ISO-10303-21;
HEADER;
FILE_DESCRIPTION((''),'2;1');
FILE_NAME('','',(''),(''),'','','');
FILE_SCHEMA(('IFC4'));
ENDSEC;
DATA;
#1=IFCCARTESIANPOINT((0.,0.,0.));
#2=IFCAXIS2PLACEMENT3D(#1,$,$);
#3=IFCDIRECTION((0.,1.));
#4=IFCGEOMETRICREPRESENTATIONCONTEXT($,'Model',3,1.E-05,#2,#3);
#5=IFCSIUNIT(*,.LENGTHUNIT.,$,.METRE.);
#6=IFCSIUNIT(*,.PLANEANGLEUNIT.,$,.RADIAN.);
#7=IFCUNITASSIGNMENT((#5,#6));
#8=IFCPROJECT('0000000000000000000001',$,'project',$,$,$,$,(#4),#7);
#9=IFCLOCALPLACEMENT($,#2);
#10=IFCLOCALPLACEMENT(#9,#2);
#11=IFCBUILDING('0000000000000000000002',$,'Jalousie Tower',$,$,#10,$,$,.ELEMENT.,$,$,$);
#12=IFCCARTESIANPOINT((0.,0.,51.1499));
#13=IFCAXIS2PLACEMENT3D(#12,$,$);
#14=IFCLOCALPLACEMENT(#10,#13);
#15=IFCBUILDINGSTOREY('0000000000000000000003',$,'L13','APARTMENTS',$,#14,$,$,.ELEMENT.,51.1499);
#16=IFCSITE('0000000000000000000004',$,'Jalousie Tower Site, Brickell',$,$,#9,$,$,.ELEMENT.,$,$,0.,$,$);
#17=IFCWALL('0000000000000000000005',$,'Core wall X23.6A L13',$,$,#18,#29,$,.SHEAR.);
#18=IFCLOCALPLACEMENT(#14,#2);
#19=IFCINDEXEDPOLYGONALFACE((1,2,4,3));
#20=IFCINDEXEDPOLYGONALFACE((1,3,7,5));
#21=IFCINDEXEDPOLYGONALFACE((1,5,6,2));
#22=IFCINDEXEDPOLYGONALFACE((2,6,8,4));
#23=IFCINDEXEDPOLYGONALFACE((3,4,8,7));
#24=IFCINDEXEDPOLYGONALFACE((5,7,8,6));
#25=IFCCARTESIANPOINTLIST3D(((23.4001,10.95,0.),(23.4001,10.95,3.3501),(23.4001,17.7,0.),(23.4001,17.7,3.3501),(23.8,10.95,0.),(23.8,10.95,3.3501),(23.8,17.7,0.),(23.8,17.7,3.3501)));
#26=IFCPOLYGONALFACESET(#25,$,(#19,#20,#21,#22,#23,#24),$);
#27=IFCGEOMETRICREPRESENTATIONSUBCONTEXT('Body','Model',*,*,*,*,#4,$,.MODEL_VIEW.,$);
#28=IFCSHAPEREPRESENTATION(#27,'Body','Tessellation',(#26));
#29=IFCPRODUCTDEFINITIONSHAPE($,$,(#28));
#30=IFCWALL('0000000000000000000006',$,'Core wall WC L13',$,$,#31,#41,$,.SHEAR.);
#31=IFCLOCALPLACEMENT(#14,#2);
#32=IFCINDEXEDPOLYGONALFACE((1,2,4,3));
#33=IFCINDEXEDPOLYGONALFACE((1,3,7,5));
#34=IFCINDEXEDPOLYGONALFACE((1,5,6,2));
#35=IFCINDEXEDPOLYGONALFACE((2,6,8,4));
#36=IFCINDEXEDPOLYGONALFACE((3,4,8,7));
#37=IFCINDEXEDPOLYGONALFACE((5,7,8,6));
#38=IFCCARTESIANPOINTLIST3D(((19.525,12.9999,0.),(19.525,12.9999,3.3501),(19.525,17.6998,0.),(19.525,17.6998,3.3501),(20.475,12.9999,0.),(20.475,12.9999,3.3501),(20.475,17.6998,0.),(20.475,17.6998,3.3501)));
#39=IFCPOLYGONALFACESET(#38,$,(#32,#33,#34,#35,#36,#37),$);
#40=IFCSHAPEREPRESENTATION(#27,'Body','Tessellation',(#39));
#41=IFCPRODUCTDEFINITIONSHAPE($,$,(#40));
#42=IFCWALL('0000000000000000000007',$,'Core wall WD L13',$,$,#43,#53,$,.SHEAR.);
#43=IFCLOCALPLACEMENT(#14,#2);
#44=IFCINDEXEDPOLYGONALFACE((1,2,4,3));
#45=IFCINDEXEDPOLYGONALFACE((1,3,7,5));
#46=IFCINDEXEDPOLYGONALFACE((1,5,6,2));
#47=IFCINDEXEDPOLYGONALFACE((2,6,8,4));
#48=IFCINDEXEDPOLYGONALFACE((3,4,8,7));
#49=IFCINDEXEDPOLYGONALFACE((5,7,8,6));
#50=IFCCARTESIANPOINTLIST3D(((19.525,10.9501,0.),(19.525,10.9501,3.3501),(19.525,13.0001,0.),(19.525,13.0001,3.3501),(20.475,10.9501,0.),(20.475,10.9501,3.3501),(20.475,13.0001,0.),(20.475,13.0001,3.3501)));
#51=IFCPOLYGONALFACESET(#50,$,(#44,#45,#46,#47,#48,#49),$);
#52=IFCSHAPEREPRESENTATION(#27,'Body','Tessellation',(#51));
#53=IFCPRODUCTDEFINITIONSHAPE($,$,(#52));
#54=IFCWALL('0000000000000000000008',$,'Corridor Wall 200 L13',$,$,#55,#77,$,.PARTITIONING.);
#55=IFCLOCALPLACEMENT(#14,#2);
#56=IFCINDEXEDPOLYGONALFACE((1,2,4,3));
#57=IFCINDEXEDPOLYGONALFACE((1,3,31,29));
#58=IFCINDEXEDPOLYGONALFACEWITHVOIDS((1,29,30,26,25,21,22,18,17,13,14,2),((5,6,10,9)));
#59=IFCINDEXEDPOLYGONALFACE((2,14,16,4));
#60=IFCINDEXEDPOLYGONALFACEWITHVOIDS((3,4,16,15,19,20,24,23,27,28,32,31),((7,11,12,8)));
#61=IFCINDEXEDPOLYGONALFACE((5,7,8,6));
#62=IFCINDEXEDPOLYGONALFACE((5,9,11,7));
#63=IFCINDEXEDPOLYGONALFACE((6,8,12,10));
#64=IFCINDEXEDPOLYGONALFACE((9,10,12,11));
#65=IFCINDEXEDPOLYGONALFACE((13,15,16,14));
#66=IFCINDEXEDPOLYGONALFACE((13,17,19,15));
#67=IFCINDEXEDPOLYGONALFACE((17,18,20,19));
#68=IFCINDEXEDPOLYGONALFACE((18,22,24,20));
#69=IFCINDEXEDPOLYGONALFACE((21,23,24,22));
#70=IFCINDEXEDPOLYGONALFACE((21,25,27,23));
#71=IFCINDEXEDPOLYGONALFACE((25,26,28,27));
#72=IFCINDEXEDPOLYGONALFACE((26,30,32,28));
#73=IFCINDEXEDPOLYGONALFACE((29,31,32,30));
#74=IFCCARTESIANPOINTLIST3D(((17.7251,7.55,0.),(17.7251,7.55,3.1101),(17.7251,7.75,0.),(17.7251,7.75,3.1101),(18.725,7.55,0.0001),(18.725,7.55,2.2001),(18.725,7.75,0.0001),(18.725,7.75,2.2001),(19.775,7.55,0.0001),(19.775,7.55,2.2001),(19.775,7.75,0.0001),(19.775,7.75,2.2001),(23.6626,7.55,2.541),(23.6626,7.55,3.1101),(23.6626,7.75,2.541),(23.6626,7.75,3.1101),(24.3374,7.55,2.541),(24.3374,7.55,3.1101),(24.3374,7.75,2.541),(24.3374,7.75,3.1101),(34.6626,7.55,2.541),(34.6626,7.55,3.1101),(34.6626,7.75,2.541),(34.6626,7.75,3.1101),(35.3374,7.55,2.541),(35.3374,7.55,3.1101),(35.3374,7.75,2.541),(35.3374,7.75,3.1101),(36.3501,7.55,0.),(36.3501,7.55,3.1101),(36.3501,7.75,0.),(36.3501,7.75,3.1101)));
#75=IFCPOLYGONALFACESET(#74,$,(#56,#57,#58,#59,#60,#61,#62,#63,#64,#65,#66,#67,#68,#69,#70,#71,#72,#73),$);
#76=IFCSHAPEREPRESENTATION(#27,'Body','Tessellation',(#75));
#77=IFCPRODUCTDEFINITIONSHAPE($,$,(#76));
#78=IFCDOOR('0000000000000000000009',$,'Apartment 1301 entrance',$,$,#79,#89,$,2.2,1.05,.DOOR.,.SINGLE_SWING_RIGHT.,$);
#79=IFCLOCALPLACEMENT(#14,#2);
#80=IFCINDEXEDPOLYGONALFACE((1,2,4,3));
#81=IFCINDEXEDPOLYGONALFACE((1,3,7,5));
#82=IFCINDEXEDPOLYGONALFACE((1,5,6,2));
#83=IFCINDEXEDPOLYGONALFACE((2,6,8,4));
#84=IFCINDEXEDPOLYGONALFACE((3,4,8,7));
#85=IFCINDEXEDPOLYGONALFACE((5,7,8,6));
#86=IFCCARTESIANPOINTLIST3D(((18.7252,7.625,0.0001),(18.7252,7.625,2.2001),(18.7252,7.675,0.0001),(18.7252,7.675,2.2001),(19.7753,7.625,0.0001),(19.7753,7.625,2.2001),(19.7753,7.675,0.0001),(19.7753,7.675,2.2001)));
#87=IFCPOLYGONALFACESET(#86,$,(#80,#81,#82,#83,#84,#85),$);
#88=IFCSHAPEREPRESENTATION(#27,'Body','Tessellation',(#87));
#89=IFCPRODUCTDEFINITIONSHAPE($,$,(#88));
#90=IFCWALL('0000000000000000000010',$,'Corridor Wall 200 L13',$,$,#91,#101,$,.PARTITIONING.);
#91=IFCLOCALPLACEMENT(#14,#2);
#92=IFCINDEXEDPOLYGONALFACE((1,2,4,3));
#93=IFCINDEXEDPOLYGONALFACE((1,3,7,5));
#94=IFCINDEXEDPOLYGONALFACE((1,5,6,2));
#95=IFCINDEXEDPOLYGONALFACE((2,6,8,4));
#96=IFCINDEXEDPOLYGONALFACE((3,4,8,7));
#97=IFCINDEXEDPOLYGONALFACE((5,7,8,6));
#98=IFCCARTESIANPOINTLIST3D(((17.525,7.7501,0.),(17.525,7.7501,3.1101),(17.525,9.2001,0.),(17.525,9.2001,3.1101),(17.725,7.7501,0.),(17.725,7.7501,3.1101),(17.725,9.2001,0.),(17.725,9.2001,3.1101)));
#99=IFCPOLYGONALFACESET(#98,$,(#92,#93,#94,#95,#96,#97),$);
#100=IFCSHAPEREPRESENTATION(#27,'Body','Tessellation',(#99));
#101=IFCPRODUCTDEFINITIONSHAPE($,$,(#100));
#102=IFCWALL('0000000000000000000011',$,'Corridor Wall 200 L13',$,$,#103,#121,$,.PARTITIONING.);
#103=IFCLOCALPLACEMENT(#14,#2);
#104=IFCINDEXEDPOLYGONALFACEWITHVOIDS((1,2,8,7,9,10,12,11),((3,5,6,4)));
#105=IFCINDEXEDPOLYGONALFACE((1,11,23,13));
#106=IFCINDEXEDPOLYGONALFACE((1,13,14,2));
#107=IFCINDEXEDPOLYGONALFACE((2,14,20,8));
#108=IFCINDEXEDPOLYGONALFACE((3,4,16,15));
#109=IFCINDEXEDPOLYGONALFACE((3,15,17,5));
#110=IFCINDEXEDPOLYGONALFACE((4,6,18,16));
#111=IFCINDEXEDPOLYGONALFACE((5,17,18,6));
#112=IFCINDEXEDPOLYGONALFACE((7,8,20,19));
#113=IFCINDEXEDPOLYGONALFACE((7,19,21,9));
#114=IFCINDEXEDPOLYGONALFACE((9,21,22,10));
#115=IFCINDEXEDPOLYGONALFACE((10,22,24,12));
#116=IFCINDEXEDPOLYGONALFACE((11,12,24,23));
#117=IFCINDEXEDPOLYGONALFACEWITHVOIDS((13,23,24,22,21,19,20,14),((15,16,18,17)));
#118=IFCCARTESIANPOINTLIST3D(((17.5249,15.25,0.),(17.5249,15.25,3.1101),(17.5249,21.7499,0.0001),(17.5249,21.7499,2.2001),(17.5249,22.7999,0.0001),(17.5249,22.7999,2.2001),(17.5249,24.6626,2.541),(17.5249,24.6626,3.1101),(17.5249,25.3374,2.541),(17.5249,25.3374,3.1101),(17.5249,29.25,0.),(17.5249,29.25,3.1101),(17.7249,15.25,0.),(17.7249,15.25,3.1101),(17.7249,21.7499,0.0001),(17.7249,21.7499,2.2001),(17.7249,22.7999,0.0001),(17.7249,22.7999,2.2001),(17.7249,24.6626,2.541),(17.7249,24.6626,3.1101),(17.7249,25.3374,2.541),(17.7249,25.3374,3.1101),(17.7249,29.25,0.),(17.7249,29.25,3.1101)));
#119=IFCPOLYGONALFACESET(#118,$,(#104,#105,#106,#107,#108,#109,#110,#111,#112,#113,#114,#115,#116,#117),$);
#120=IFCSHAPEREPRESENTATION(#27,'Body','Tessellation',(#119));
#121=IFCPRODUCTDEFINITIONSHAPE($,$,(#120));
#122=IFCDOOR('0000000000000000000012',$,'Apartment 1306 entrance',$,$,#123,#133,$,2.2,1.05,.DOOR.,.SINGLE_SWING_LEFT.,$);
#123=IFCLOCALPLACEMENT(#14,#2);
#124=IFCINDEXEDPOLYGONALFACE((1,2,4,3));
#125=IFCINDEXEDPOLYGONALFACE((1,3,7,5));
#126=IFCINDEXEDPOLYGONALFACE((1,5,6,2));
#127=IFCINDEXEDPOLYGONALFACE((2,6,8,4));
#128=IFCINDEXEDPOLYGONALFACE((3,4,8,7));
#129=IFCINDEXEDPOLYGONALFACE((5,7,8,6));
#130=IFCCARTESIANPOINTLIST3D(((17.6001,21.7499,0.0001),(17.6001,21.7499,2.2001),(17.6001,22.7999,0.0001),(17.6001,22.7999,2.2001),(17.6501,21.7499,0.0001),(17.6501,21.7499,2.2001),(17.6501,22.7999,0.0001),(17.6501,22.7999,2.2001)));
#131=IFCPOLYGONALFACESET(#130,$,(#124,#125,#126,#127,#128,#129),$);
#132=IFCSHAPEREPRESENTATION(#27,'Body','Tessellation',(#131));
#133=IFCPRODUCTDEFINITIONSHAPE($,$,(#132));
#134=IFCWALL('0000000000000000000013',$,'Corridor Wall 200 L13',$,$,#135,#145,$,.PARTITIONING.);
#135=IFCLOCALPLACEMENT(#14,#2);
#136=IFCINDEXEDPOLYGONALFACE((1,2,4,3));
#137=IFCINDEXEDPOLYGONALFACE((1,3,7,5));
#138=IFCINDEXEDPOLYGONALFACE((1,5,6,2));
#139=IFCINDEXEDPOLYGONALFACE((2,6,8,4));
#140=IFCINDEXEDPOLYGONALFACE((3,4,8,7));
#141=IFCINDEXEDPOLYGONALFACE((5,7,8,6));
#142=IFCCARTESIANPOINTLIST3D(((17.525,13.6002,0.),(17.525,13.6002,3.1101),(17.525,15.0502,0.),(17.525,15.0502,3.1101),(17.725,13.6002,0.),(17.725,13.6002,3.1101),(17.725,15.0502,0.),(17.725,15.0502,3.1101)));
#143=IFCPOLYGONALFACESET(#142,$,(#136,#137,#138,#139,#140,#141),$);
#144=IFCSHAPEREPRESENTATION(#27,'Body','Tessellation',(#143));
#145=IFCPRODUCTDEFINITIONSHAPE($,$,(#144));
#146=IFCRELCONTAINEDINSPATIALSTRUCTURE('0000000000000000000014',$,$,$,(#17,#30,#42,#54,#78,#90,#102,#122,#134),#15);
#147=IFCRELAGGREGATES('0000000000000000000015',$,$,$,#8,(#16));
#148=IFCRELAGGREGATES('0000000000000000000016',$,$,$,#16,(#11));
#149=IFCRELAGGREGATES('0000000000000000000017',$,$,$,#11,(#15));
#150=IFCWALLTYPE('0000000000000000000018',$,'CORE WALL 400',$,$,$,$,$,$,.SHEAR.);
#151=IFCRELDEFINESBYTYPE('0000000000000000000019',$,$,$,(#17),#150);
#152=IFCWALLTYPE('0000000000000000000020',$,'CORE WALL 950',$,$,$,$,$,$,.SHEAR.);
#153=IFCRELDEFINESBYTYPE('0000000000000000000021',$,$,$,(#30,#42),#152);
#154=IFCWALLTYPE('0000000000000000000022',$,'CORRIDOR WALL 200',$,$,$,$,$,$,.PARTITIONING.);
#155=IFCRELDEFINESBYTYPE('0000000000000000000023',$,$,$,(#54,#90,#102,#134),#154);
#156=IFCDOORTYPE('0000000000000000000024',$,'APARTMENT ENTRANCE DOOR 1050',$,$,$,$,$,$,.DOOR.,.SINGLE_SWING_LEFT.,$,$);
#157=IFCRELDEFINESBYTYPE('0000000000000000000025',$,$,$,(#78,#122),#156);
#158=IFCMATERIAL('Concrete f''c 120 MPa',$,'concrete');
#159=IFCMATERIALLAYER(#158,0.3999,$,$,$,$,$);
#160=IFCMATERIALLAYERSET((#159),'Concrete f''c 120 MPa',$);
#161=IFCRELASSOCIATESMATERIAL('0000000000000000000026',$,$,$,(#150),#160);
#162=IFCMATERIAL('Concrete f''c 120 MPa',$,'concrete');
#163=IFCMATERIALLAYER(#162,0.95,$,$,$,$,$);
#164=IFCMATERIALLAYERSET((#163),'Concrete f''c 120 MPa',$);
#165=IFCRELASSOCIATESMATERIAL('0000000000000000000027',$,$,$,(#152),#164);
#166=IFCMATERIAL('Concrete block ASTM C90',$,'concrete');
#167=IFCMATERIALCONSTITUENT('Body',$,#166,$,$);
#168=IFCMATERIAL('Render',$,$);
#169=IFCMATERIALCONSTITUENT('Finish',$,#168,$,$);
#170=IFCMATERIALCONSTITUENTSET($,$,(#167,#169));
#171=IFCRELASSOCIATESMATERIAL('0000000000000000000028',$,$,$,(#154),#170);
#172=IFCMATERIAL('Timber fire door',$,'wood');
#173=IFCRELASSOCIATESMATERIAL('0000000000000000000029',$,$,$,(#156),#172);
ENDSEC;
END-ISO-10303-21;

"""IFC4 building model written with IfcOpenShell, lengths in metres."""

from ifc_helpers import new_model, si_unit, direction, frame, frame_2d, origin, place, context, subcontext, project, spatial, polyline, rectangle, outline, extrude, material, layer, layer_set, constituent, constituent_set, type_object, element, fill, save


model = new_model("IFC4")

# Units and contexts
model_context = context("Model", 3, precision=1e-05, world=origin(), true_north=direction((0.0, 1.0)))
body_context = subcontext(model_context, "Body", "Model", "MODEL_VIEW")
ifc_project = project(units=[si_unit("LENGTHUNIT", "METRE"), si_unit("PLANEANGLEUNIT", "RADIAN")], contexts=[model_context])

# Site, building, storey
site_placement = place(None, origin())
site = spatial("IfcSite", under=ifc_project, at=site_placement, Name="Jalousie Tower Site, Brickell", CompositionType="ELEMENT", RefElevation=0.0)
building_placement = place(site_placement, origin())
building = spatial("IfcBuilding", under=site, at=building_placement, Name="Jalousie Tower", CompositionType="ELEMENT")
storey_placement = place(building_placement, frame((0.0, 0.0, 51.1499)))
storey = spatial("IfcBuildingStorey", under=building, at=storey_placement, Name="L13", Description="APARTMENTS", CompositionType="ELEMENT", Elevation=51.1499)

# Walls
ifc_material_1 = material(Name="Concrete f'c 120 MPa", Category="concrete")
ifc_layer_1 = layer(ifc_material_1, 0.3999)
ifc_layer_set_1 = layer_set([ifc_layer_1], Name="Concrete f'c 120 MPa")
wall_type_1 = type_object("IfcWallType", Name="CORE WALL 400", PredefinedType="SHEAR", material=ifc_layer_set_1)
wall_1_placement = place(storey_placement, frame((23.6001, 10.95, 0.0), z_axis=(0.0, 0.0, 1.0), x_axis=(0.0, 1.0, 0.0)))
element("IfcWall", 1, at=wall_1_placement, inside=storey, type_object=wall_type_1, Name="Core wall X23.6A L13", PredefinedType="SHEAR", context=body_context, shape_type="SweptSolid", body=[
    extrude(rectangle(XDim=6.75, YDim=0.3999, at=frame_2d((3.375, 0.0))), origin(), (0.0, 0.0, 1.0), 3.3501),
])
ifc_material_2 = material(Name="Concrete f'c 120 MPa", Category="concrete")
ifc_layer_2 = layer(ifc_material_2, 0.95)
ifc_layer_set_2 = layer_set([ifc_layer_2], Name="Concrete f'c 120 MPa")
wall_type_2 = type_object("IfcWallType", Name="CORE WALL 950", PredefinedType="SHEAR", material=ifc_layer_set_2)
wall_2_placement = place(storey_placement, frame((20.0, 17.7, 0.0), z_axis=(0.0, 0.0, 1.0), x_axis=(0.0, -1.0, 0.0)))
element("IfcWall", 2, at=wall_2_placement, inside=storey, type_object=wall_type_2, Name="Core wall WC L13", PredefinedType="SHEAR", context=body_context, shape_type="SweptSolid", body=[
    extrude(rectangle(XDim=4.7, YDim=0.95, at=frame_2d((2.3501, 0.0))), origin(), (0.0, 0.0, 1.0), 3.3501),
])
wall_3_placement = place(storey_placement, frame((20.0, 13.0, 0.0), z_axis=(0.0, 0.0, 1.0), x_axis=(0.0, -1.0, 0.0)))
element("IfcWall", 3, at=wall_3_placement, inside=storey, type_object=wall_type_2, Name="Core wall WD L13", PredefinedType="SHEAR", context=body_context, shape_type="SweptSolid", body=[
    extrude(rectangle(XDim=2.05, YDim=0.95, at=frame_2d((1.0249, 0.0))), origin(), (0.0, 0.0, 1.0), 3.3501),
])

# Wall, opening, door
ifc_material_3 = material(Name="Concrete block ASTM C90", Category="concrete")
ifc_constituent_1 = constituent(ifc_material_3, Name="Body")
ifc_material_4 = material(Name="Render")
ifc_constituent_2 = constituent(ifc_material_4, Name="Finish")
ifc_constituent_set_1 = constituent_set(constituents=[ifc_constituent_1, ifc_constituent_2])
wall_type_3 = type_object("IfcWallType", Name="CORRIDOR WALL 200", PredefinedType="PARTITIONING", material=ifc_constituent_set_1)
wall_4_placement = place(storey_placement, frame((17.7251, 7.6499, 0.0), z_axis=(0.0, 0.0, 1.0), x_axis=(1.0, 0.0, 0.0)))
wall_4 = element("IfcWall", 4, at=wall_4_placement, inside=storey, type_object=wall_type_3, Name="Corridor Wall 200 L13", PredefinedType="PARTITIONING", context=body_context, shape_type="SweptSolid", body=[
    extrude(outline(polyline([(0.0, 0.0), (18.625, 0.0), (18.625, 3.1101), (17.6123, 3.1101), (17.6123, 2.541), (16.9375, 2.541), (16.9375, 3.1101), (6.6123, 3.1101), (6.6123, 2.541), (5.9375, 2.541), (5.9375, 3.1101), (0.0, 3.1101), (0.0, 0.0)])), frame((0.0, 0.1001, 0.0), z_axis=(0.0, -1.0, 0.0), x_axis=(1.0, 0.0, 0.0)), (0.0, 0.0, 1.0), 0.2),
])
opening_1_placement = place(wall_4_placement, frame((1.0, 0.0, 0.0)))
opening_1 = element("IfcOpeningElement", 5, at=opening_1_placement, cuts=wall_4, PredefinedType="OPENING", context=body_context, shape_type="SweptSolid", body=[
    extrude(rectangle(XDim=1.05, YDim=2.2, at=frame_2d((0.5249, 1.1001))), frame((0.0, 0.1099, 0.0), z_axis=(0.0, -1.0, 0.0), x_axis=(1.0, 0.0, 0.0)), (0.0, 0.0, 1.0), 0.22),
])
ifc_material_5 = material(Name="Timber fire door", Category="wood")
door_type_1 = type_object("IfcDoorType", Name="APARTMENT ENTRANCE DOOR 1050", OperationType="SINGLE_SWING_LEFT", PredefinedType="DOOR", material=ifc_material_5)
door_1_placement = place(opening_1_placement, frame((1.05, 0.0, 0.0), z_axis=(0.0, 0.0, 1.0), x_axis=(-1.0, 0.0, 0.0)))
door_1 = element("IfcDoor", 6, at=door_1_placement, inside=storey, type_object=door_type_1, Name="Apartment 1301 entrance", OperationType="SINGLE_SWING_RIGHT", OverallHeight=2.2, OverallWidth=1.05, PredefinedType="DOOR", context=body_context, shape_type="SweptSolid", body=[
    extrude(rectangle(XDim=1.05, YDim=2.2, at=frame_2d((0.5249, 1.1001))), frame((0.0, 0.0249, 0.0), z_axis=(0.0, -1.0, 0.0), x_axis=(1.0, 0.0, 0.0)), (0.0, 0.0, 1.0), 0.05),
])
fill(opening_1, door_1)

# Wall
wall_5_placement = place(storey_placement, frame((17.625, 7.75, 0.0), z_axis=(0.0, 0.0, 1.0), x_axis=(0.0, 1.0, 0.0)))
element("IfcWall", 7, at=wall_5_placement, inside=storey, type_object=wall_type_3, Name="Corridor Wall 200 L13", PredefinedType="PARTITIONING", context=body_context, shape_type="SweptSolid", body=[
    extrude(rectangle(XDim=1.45, YDim=0.2, at=frame_2d((0.7251, 0.0))), origin(), (0.0, 0.0, 1.0), 3.1101),
])

# Wall, opening, door
wall_6_placement = place(storey_placement, frame((17.625, 15.25, 0.0), z_axis=(0.0, 0.0, 1.0), x_axis=(0.0, 1.0, 0.0)))
wall_6 = element("IfcWall", 8, at=wall_6_placement, inside=storey, type_object=wall_type_3, Name="Corridor Wall 200 L13", PredefinedType="PARTITIONING", context=body_context, shape_type="SweptSolid", body=[
    extrude(outline(polyline([(0.0, 0.0), (14.0, 0.0), (14.0, 3.1101), (10.0874, 3.1101), (10.0874, 2.541), (9.4126, 2.541), (9.4126, 3.1101), (0.0, 3.1101), (0.0, 0.0)])), frame((0.0, 0.1001, 0.0), z_axis=(0.0, -1.0, 0.0), x_axis=(1.0, 0.0, 0.0)), (0.0, 0.0, 1.0), 0.2),
])
opening_2_placement = place(wall_6_placement, frame((6.5, 0.0, 0.0)))
opening_2 = element("IfcOpeningElement", 9, at=opening_2_placement, cuts=wall_6, PredefinedType="OPENING", context=body_context, shape_type="SweptSolid", body=[
    extrude(rectangle(XDim=1.05, YDim=2.2, at=frame_2d((0.5249, 1.1001))), frame((0.0, 0.1099, 0.0), z_axis=(0.0, -1.0, 0.0), x_axis=(1.0, 0.0, 0.0)), (0.0, 0.0, 1.0), 0.22),
])
door_2_placement = place(opening_2_placement, origin())
door_2 = element("IfcDoor", 10, at=door_2_placement, inside=storey, type_object=door_type_1, Name="Apartment 1306 entrance", OperationType="SINGLE_SWING_LEFT", OverallHeight=2.2, OverallWidth=1.05, PredefinedType="DOOR", context=body_context, shape_type="SweptSolid", body=[
    extrude(rectangle(XDim=1.05, YDim=2.2, at=frame_2d((0.5249, 1.1001))), frame((0.0, 0.0249, 0.0), z_axis=(0.0, -1.0, 0.0), x_axis=(1.0, 0.0, 0.0)), (0.0, 0.0, 1.0), 0.05),
])
fill(opening_2, door_2)

# Wall
wall_7_placement = place(storey_placement, frame((17.625, 13.6001, 0.0), z_axis=(0.0, 0.0, 1.0), x_axis=(0.0, 1.0, 0.0)))
element("IfcWall", 11, at=wall_7_placement, inside=storey, type_object=wall_type_3, Name="Corridor Wall 200 L13", PredefinedType="PARTITIONING", context=body_context, shape_type="SweptSolid", body=[
    extrude(rectangle(XDim=1.45, YDim=0.2, at=frame_2d((0.7251, 0.0))), origin(), (0.0, 0.0, 1.0), 3.1101),
])

save(model, "model.ifc")
